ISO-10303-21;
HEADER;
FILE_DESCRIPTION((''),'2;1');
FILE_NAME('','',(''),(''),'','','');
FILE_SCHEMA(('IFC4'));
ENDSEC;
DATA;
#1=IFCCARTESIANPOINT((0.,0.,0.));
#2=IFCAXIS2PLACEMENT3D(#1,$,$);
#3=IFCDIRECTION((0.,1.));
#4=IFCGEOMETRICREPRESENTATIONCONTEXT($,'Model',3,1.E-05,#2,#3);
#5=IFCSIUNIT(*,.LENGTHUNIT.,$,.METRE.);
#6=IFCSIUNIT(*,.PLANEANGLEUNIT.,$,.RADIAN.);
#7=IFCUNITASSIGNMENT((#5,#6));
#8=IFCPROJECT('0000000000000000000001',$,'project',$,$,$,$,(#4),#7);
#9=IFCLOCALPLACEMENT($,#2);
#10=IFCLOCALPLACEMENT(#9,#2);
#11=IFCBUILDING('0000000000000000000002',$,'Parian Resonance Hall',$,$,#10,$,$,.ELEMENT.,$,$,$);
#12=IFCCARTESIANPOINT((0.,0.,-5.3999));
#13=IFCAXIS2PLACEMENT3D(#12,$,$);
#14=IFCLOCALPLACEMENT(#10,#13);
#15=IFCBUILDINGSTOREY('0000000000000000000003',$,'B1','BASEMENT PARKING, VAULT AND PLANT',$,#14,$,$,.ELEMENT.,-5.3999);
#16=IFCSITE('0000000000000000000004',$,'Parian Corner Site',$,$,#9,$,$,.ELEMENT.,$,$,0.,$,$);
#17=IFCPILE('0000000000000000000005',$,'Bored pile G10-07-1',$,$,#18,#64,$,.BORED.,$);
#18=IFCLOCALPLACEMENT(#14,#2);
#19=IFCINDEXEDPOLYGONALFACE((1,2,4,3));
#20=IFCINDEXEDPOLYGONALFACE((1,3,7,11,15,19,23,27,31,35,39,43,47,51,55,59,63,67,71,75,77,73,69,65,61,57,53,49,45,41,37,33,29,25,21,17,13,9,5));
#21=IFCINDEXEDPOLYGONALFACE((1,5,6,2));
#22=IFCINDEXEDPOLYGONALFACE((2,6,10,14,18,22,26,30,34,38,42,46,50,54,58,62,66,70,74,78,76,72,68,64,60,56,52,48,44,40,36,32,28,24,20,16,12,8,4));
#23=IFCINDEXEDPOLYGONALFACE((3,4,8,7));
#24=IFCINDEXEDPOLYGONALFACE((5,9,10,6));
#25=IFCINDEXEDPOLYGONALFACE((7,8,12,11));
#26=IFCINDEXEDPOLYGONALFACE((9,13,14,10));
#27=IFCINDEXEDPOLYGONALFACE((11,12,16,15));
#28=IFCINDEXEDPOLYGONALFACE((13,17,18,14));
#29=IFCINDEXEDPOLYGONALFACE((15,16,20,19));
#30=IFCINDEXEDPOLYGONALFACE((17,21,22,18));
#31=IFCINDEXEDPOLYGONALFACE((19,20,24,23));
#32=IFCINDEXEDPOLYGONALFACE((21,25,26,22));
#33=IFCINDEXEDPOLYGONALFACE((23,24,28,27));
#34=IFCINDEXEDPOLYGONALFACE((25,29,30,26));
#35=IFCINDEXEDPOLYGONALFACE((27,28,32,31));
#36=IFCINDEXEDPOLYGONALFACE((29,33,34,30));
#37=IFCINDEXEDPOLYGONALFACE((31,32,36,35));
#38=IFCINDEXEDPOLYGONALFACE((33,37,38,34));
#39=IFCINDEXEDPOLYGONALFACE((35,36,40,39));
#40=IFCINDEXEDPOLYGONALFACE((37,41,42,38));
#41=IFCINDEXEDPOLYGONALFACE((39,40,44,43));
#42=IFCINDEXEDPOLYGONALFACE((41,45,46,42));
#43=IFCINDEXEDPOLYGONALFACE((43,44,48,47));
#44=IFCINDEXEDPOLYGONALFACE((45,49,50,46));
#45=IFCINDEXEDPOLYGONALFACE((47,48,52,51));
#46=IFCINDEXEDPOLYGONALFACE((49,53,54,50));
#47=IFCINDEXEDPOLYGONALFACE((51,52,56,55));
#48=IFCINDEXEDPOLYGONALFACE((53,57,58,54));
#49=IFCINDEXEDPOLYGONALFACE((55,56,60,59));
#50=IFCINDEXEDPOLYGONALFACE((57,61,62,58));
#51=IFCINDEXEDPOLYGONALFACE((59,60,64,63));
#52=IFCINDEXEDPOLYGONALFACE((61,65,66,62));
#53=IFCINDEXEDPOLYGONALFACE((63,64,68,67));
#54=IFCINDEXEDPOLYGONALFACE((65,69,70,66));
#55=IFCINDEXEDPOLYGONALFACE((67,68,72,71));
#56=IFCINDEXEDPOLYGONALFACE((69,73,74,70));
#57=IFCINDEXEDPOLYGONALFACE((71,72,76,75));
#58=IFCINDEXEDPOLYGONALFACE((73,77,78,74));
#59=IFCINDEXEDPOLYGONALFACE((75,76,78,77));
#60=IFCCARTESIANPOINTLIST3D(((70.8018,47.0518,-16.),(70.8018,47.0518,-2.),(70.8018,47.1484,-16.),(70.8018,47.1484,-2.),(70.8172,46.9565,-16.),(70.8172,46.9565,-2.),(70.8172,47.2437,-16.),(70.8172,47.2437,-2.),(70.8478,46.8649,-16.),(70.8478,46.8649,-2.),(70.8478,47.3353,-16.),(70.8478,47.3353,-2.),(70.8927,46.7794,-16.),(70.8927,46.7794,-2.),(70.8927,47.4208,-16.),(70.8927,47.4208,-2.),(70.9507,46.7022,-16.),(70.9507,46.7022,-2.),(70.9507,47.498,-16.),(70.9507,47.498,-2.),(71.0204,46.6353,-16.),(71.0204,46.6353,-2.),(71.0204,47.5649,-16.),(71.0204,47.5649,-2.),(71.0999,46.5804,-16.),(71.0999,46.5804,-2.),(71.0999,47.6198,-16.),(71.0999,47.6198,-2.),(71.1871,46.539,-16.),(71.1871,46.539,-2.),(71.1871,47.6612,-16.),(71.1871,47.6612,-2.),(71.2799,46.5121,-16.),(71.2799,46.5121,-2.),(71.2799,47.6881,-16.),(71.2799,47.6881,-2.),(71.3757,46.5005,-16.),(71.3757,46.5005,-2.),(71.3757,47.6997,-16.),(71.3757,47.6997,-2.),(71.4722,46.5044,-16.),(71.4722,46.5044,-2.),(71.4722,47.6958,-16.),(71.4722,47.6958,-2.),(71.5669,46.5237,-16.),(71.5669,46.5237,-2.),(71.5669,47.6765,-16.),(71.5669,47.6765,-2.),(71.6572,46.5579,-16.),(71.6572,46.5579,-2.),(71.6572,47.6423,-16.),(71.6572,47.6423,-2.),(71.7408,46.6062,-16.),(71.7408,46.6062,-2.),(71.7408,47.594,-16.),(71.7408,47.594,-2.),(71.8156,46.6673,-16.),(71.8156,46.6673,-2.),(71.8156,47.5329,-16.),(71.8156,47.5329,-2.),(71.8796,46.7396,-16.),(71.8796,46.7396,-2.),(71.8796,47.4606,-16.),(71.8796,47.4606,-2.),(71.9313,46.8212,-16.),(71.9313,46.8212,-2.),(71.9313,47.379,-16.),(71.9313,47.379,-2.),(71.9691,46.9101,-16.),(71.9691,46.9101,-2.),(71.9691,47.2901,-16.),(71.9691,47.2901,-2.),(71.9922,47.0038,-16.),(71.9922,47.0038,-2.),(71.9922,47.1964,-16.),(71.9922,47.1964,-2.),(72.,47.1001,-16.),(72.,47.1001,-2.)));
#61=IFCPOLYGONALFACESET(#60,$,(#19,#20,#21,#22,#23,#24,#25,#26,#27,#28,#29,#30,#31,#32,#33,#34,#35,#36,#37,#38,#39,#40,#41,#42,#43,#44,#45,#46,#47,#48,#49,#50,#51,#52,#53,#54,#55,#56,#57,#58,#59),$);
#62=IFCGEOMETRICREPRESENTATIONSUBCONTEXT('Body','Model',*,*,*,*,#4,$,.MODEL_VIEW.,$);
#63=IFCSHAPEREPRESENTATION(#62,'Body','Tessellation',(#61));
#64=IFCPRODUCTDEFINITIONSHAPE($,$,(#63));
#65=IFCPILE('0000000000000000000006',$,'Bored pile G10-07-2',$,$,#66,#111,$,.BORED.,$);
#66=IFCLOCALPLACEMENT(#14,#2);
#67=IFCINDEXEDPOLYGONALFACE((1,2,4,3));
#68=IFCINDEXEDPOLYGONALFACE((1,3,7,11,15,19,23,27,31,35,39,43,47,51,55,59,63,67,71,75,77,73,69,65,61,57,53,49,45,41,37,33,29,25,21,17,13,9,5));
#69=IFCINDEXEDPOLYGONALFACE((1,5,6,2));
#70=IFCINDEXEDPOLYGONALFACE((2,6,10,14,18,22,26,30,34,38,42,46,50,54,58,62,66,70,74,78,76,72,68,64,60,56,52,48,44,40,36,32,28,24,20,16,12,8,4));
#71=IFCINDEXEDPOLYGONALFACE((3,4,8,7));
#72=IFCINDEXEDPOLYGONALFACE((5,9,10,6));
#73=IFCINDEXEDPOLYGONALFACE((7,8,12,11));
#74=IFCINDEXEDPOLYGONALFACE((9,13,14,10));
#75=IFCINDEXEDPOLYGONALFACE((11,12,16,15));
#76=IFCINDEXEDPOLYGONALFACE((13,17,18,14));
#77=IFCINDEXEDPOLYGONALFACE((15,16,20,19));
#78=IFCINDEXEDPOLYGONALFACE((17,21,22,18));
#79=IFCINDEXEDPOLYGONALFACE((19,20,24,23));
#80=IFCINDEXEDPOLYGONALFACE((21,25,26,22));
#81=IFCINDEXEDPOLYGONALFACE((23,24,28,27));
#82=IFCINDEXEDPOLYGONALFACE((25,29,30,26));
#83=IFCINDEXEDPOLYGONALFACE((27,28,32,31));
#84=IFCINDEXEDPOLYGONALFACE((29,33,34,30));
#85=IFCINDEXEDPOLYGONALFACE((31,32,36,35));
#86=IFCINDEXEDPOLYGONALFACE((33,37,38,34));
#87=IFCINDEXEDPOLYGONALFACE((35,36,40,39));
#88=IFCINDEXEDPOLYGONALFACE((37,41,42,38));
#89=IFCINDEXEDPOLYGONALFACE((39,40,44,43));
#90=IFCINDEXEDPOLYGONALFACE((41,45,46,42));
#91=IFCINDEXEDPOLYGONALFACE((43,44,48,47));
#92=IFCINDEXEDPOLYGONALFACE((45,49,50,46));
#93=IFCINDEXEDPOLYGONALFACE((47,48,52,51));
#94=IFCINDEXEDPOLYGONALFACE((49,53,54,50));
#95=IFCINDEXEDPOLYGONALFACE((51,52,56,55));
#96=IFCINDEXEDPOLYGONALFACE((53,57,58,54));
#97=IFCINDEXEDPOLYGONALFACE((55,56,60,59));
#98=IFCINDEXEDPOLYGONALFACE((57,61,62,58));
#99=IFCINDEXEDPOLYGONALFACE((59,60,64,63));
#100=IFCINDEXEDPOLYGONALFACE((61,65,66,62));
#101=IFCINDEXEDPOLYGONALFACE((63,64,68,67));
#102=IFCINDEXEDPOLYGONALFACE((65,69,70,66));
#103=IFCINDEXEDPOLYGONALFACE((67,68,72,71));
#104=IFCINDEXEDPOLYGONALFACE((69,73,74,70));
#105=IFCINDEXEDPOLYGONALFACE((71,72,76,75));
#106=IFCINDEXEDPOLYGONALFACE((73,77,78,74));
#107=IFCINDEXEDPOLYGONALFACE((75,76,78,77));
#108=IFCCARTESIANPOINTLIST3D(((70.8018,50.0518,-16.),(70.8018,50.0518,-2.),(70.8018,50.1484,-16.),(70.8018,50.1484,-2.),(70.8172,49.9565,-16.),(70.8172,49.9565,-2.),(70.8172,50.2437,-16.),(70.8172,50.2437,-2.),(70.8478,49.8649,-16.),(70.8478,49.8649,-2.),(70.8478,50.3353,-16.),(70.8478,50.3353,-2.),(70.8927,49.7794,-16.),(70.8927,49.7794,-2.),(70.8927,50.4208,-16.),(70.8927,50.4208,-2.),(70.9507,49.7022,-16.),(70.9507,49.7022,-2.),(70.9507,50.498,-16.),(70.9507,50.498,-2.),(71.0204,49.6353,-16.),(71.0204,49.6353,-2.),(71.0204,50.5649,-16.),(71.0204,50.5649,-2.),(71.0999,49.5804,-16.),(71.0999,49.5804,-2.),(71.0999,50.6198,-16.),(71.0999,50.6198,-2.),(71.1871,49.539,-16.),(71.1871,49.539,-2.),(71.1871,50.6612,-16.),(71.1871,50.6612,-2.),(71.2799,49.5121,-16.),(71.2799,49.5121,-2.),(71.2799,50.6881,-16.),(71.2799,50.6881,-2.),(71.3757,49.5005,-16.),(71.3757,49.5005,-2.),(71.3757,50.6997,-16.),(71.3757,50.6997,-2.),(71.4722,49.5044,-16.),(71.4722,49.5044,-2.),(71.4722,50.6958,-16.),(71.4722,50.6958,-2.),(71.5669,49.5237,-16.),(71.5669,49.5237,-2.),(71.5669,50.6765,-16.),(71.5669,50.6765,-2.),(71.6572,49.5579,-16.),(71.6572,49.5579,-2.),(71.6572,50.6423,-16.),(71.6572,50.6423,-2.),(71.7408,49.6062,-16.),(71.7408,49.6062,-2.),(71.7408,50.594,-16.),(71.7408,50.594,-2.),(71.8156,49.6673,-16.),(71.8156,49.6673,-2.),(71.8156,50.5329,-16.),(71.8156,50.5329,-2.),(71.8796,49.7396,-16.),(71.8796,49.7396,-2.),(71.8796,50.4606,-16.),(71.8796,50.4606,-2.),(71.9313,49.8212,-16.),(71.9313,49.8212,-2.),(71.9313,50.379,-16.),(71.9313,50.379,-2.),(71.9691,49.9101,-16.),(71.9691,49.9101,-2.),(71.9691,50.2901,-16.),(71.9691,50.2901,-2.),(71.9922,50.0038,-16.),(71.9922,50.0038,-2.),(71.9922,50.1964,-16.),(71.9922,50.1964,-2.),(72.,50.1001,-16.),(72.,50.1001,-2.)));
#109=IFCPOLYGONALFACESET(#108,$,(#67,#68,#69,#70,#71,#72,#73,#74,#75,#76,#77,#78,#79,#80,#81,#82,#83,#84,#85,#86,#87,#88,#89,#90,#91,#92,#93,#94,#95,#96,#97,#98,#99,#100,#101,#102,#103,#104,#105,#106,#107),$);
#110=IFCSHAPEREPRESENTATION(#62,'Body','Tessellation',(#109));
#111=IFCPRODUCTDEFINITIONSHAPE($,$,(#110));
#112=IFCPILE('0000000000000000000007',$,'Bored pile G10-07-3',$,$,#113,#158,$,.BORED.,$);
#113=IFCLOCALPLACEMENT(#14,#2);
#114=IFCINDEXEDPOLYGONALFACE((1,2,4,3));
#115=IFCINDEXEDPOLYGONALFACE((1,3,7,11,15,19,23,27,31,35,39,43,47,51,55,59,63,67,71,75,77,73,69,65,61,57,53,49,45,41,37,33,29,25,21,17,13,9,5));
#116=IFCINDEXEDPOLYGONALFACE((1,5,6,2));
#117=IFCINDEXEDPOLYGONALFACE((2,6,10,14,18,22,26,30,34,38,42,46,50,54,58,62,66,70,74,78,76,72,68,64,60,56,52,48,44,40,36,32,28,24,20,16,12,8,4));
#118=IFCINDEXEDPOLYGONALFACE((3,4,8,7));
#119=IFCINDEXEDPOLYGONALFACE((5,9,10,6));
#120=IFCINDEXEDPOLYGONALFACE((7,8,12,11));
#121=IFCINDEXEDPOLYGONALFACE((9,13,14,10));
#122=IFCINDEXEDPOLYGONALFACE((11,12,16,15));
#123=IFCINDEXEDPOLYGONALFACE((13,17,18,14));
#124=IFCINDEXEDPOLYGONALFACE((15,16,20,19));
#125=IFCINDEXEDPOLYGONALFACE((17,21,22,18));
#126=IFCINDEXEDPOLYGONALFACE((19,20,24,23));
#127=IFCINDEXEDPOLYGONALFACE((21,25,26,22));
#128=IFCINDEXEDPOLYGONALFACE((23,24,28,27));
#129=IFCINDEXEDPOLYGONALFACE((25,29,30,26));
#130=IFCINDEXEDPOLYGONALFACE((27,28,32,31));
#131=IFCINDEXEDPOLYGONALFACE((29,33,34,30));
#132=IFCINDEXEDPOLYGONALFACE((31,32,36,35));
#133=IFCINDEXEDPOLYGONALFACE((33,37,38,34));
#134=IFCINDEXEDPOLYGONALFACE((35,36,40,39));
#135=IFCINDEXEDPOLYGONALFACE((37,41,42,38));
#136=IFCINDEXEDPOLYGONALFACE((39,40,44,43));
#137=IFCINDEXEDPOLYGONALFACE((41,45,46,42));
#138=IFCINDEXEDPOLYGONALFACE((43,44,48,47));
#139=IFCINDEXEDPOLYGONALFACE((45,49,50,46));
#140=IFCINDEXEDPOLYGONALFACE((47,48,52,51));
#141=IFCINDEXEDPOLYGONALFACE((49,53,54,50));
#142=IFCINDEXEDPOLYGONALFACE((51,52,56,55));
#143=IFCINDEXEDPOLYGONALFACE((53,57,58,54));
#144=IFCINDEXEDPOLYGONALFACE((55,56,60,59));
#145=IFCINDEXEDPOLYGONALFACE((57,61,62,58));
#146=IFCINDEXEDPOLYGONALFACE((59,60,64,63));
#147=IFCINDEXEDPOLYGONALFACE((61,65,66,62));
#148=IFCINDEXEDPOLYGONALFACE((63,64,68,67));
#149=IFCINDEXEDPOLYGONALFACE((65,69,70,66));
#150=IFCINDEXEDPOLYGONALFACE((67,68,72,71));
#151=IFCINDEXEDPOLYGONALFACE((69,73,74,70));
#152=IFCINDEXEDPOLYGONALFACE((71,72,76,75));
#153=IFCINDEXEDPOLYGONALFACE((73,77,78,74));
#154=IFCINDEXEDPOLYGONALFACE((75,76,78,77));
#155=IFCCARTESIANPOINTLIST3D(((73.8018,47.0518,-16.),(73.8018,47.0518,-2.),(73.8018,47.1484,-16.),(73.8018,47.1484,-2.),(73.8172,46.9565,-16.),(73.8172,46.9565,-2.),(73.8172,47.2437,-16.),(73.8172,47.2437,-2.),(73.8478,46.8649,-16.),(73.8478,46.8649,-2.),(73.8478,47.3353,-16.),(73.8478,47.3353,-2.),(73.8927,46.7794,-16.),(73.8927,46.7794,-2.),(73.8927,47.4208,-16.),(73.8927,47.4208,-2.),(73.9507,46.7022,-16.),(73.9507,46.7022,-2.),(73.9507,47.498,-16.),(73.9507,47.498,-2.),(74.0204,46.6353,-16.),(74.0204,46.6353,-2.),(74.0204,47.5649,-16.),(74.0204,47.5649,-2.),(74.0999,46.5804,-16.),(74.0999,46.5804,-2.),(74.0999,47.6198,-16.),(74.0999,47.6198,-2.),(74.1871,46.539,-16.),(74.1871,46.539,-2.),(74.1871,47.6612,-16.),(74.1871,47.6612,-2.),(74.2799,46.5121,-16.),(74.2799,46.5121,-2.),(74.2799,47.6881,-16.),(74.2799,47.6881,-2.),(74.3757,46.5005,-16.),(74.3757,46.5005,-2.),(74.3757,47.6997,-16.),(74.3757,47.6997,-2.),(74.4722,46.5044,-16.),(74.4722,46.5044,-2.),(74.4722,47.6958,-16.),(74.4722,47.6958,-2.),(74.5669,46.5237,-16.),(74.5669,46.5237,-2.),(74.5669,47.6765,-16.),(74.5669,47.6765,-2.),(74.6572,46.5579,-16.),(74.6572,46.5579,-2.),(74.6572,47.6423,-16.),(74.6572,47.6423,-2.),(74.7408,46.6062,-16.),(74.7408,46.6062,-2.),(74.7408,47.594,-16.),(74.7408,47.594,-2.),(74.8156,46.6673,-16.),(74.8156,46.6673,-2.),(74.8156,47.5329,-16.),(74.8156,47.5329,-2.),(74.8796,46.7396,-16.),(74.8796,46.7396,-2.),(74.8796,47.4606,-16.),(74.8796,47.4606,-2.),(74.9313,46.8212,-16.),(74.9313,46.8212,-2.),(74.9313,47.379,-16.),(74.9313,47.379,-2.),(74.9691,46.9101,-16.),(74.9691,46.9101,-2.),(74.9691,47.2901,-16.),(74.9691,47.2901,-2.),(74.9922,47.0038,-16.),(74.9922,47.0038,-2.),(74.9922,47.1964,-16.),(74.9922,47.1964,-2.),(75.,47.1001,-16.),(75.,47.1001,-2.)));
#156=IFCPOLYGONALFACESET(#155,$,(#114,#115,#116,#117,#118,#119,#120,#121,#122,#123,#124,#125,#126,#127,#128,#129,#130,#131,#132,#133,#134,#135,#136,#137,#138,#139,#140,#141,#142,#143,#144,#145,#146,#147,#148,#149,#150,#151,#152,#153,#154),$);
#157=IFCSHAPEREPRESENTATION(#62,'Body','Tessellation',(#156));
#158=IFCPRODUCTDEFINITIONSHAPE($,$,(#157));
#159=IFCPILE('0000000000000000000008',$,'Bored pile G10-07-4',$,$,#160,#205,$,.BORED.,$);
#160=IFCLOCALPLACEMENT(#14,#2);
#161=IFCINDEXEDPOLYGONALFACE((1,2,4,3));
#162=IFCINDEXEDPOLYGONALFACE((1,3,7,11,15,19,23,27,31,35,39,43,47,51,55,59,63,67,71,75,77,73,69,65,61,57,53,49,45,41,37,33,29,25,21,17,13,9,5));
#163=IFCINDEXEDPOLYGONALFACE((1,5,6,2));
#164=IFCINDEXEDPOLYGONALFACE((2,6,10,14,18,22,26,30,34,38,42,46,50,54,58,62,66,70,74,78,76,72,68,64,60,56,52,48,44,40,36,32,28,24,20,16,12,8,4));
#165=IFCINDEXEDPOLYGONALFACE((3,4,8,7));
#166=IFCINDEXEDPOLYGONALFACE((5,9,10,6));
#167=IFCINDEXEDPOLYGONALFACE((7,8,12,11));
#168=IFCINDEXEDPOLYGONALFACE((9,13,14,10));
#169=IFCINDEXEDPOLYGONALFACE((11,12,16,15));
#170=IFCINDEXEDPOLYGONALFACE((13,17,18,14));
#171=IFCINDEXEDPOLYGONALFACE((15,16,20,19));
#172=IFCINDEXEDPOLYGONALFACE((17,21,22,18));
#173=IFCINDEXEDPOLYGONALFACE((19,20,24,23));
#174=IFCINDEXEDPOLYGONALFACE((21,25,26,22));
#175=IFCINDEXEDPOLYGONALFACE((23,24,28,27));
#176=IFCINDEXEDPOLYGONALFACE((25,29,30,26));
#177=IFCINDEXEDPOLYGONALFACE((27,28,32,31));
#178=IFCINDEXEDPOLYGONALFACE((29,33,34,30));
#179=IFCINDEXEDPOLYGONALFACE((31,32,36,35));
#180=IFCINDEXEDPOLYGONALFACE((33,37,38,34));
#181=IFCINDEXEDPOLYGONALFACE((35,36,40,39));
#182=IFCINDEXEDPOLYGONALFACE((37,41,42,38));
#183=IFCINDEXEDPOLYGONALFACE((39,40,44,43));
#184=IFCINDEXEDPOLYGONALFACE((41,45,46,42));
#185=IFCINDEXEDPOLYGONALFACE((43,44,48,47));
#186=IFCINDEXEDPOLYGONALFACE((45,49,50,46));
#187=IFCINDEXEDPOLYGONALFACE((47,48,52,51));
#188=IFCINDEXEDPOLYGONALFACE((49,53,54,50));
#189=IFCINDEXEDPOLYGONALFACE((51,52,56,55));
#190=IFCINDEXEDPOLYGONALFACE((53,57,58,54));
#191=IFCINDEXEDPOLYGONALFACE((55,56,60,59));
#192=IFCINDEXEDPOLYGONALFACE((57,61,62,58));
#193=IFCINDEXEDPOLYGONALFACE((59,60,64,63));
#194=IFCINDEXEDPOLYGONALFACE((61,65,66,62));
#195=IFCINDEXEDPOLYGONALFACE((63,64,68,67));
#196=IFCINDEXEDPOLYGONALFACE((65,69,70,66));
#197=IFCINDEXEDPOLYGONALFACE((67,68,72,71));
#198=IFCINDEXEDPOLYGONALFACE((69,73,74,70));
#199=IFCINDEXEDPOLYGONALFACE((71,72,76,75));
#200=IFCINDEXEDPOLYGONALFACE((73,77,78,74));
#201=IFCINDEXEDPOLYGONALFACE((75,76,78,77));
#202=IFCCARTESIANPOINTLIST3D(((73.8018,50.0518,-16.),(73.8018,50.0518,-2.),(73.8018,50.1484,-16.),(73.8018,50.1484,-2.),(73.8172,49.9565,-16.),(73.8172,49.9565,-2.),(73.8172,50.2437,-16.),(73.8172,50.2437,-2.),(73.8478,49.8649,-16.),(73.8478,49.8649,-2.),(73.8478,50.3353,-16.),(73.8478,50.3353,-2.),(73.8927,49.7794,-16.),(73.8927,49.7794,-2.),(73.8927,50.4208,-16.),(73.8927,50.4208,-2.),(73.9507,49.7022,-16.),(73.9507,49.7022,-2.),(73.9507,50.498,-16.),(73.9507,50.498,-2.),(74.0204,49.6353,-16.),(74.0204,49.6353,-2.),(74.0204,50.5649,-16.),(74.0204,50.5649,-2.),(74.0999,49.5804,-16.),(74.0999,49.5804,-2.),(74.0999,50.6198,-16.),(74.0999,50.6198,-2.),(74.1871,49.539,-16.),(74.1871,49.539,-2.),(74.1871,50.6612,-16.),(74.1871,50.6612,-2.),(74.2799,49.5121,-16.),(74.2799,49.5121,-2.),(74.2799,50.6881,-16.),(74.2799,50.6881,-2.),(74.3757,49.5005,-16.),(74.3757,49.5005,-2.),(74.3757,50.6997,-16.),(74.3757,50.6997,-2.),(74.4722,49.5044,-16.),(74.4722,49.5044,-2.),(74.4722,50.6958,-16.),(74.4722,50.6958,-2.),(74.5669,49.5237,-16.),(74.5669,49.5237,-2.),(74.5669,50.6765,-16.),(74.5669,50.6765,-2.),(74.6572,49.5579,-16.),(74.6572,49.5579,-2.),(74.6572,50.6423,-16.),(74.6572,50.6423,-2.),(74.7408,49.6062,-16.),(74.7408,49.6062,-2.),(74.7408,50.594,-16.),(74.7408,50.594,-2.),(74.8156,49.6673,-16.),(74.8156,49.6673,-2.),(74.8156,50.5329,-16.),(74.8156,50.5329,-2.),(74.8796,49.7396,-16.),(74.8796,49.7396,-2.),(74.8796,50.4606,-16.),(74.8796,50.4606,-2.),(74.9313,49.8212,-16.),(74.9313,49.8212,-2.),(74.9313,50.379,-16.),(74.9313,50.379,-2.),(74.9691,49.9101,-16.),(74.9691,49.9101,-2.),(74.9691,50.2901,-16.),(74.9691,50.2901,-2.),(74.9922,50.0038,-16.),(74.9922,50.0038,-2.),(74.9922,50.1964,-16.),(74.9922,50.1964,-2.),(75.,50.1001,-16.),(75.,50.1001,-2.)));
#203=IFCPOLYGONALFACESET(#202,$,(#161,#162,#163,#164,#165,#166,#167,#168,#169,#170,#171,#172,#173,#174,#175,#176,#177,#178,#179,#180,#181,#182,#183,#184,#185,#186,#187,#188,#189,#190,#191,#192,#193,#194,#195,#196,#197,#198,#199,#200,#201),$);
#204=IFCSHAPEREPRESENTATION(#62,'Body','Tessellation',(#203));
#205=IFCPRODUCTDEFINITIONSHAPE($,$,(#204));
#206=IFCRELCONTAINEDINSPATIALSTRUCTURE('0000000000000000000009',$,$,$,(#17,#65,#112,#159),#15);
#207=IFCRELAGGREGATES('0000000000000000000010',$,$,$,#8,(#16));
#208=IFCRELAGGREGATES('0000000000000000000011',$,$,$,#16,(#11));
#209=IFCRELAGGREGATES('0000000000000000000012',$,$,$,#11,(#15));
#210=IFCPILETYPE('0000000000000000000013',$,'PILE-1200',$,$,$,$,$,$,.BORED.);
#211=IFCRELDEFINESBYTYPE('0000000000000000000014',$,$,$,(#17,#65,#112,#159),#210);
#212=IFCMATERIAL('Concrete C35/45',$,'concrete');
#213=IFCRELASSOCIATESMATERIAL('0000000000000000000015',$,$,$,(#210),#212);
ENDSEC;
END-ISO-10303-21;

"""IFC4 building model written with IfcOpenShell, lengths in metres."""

from ifc_helpers import new_model, si_unit, direction, frame, origin, origin_2d, place, context, subcontext, project, spatial, circle, extrude, material, material_profile, profile_set, type_object, element, save


model = new_model("IFC4")

# Units and contexts
model_context = context("Model", 3, precision=1e-05, world=origin(), true_north=direction((0.0, 1.0)))
body_context = subcontext(model_context, "Body", "Model", "MODEL_VIEW")
ifc_project = project(units=[si_unit("LENGTHUNIT", "METRE"), si_unit("PLANEANGLEUNIT", "RADIAN")], contexts=[model_context])

# Site, building, storey
site_placement = place(None, origin())
site = spatial("IfcSite", under=ifc_project, at=site_placement, Name="Parian Corner Site", CompositionType="ELEMENT", RefElevation=0.0)
building_placement = place(site_placement, origin())
building = spatial("IfcBuilding", under=site, at=building_placement, Name="Parian Resonance Hall", CompositionType="ELEMENT")
storey_placement = place(building_placement, frame((0.0, 0.0, -5.3999)))
storey = spatial("IfcBuildingStorey", under=building, at=storey_placement, Name="B1", Description="BASEMENT PARKING, VAULT AND PLANT", CompositionType="ELEMENT", Elevation=-5.3999)

# Piles
ifc_material_1 = material(Name="Concrete C35/45", Category="concrete")
ifc_material_profile_1 = material_profile(ifc_material_1, circle(Radius=0.6001, at=origin_2d()), Name="PILE-D1200")
ifc_profile_set_1 = profile_set([ifc_material_profile_1], Name="Concrete C35/45")
pile_type_1 = type_object("IfcPileType", Name="PILE-1200", PredefinedType="BORED", material=ifc_profile_set_1)
for number, where, z_axis, x_axis, name in (
    (1, (71.3999, 47.1001, -2.0), (0.0, 0.0, -1.0), (1.0, 0.0, 0.0), "Bored pile G10-07-1"),
    (2, (71.3999, 50.1001, -2.0), (0.0, 0.0, -1.0), (1.0, 0.0, 0.0), "Bored pile G10-07-2"),
    (3, (74.3999, 47.1001, -2.0), (0.0, 0.0, -1.0), (1.0, 0.0, 0.0), "Bored pile G10-07-3"),
    (4, (74.3999, 50.1001, -2.0), (0.0, 0.0, -1.0), (1.0, 0.0, 0.0), "Bored pile G10-07-4"),
):
    element("IfcPile", number, at=place(storey_placement, frame(where, z_axis=z_axis, x_axis=x_axis)), inside=storey, type_object=pile_type_1, Name=name, PredefinedType="BORED", context=body_context, shape_type="SweptSolid", body=[
        extrude(circle(Radius=0.6001, at=origin_2d()), origin(), (0.0, 0.0, 1.0), 14.0),
    ])

save(model, "model.ifc")
